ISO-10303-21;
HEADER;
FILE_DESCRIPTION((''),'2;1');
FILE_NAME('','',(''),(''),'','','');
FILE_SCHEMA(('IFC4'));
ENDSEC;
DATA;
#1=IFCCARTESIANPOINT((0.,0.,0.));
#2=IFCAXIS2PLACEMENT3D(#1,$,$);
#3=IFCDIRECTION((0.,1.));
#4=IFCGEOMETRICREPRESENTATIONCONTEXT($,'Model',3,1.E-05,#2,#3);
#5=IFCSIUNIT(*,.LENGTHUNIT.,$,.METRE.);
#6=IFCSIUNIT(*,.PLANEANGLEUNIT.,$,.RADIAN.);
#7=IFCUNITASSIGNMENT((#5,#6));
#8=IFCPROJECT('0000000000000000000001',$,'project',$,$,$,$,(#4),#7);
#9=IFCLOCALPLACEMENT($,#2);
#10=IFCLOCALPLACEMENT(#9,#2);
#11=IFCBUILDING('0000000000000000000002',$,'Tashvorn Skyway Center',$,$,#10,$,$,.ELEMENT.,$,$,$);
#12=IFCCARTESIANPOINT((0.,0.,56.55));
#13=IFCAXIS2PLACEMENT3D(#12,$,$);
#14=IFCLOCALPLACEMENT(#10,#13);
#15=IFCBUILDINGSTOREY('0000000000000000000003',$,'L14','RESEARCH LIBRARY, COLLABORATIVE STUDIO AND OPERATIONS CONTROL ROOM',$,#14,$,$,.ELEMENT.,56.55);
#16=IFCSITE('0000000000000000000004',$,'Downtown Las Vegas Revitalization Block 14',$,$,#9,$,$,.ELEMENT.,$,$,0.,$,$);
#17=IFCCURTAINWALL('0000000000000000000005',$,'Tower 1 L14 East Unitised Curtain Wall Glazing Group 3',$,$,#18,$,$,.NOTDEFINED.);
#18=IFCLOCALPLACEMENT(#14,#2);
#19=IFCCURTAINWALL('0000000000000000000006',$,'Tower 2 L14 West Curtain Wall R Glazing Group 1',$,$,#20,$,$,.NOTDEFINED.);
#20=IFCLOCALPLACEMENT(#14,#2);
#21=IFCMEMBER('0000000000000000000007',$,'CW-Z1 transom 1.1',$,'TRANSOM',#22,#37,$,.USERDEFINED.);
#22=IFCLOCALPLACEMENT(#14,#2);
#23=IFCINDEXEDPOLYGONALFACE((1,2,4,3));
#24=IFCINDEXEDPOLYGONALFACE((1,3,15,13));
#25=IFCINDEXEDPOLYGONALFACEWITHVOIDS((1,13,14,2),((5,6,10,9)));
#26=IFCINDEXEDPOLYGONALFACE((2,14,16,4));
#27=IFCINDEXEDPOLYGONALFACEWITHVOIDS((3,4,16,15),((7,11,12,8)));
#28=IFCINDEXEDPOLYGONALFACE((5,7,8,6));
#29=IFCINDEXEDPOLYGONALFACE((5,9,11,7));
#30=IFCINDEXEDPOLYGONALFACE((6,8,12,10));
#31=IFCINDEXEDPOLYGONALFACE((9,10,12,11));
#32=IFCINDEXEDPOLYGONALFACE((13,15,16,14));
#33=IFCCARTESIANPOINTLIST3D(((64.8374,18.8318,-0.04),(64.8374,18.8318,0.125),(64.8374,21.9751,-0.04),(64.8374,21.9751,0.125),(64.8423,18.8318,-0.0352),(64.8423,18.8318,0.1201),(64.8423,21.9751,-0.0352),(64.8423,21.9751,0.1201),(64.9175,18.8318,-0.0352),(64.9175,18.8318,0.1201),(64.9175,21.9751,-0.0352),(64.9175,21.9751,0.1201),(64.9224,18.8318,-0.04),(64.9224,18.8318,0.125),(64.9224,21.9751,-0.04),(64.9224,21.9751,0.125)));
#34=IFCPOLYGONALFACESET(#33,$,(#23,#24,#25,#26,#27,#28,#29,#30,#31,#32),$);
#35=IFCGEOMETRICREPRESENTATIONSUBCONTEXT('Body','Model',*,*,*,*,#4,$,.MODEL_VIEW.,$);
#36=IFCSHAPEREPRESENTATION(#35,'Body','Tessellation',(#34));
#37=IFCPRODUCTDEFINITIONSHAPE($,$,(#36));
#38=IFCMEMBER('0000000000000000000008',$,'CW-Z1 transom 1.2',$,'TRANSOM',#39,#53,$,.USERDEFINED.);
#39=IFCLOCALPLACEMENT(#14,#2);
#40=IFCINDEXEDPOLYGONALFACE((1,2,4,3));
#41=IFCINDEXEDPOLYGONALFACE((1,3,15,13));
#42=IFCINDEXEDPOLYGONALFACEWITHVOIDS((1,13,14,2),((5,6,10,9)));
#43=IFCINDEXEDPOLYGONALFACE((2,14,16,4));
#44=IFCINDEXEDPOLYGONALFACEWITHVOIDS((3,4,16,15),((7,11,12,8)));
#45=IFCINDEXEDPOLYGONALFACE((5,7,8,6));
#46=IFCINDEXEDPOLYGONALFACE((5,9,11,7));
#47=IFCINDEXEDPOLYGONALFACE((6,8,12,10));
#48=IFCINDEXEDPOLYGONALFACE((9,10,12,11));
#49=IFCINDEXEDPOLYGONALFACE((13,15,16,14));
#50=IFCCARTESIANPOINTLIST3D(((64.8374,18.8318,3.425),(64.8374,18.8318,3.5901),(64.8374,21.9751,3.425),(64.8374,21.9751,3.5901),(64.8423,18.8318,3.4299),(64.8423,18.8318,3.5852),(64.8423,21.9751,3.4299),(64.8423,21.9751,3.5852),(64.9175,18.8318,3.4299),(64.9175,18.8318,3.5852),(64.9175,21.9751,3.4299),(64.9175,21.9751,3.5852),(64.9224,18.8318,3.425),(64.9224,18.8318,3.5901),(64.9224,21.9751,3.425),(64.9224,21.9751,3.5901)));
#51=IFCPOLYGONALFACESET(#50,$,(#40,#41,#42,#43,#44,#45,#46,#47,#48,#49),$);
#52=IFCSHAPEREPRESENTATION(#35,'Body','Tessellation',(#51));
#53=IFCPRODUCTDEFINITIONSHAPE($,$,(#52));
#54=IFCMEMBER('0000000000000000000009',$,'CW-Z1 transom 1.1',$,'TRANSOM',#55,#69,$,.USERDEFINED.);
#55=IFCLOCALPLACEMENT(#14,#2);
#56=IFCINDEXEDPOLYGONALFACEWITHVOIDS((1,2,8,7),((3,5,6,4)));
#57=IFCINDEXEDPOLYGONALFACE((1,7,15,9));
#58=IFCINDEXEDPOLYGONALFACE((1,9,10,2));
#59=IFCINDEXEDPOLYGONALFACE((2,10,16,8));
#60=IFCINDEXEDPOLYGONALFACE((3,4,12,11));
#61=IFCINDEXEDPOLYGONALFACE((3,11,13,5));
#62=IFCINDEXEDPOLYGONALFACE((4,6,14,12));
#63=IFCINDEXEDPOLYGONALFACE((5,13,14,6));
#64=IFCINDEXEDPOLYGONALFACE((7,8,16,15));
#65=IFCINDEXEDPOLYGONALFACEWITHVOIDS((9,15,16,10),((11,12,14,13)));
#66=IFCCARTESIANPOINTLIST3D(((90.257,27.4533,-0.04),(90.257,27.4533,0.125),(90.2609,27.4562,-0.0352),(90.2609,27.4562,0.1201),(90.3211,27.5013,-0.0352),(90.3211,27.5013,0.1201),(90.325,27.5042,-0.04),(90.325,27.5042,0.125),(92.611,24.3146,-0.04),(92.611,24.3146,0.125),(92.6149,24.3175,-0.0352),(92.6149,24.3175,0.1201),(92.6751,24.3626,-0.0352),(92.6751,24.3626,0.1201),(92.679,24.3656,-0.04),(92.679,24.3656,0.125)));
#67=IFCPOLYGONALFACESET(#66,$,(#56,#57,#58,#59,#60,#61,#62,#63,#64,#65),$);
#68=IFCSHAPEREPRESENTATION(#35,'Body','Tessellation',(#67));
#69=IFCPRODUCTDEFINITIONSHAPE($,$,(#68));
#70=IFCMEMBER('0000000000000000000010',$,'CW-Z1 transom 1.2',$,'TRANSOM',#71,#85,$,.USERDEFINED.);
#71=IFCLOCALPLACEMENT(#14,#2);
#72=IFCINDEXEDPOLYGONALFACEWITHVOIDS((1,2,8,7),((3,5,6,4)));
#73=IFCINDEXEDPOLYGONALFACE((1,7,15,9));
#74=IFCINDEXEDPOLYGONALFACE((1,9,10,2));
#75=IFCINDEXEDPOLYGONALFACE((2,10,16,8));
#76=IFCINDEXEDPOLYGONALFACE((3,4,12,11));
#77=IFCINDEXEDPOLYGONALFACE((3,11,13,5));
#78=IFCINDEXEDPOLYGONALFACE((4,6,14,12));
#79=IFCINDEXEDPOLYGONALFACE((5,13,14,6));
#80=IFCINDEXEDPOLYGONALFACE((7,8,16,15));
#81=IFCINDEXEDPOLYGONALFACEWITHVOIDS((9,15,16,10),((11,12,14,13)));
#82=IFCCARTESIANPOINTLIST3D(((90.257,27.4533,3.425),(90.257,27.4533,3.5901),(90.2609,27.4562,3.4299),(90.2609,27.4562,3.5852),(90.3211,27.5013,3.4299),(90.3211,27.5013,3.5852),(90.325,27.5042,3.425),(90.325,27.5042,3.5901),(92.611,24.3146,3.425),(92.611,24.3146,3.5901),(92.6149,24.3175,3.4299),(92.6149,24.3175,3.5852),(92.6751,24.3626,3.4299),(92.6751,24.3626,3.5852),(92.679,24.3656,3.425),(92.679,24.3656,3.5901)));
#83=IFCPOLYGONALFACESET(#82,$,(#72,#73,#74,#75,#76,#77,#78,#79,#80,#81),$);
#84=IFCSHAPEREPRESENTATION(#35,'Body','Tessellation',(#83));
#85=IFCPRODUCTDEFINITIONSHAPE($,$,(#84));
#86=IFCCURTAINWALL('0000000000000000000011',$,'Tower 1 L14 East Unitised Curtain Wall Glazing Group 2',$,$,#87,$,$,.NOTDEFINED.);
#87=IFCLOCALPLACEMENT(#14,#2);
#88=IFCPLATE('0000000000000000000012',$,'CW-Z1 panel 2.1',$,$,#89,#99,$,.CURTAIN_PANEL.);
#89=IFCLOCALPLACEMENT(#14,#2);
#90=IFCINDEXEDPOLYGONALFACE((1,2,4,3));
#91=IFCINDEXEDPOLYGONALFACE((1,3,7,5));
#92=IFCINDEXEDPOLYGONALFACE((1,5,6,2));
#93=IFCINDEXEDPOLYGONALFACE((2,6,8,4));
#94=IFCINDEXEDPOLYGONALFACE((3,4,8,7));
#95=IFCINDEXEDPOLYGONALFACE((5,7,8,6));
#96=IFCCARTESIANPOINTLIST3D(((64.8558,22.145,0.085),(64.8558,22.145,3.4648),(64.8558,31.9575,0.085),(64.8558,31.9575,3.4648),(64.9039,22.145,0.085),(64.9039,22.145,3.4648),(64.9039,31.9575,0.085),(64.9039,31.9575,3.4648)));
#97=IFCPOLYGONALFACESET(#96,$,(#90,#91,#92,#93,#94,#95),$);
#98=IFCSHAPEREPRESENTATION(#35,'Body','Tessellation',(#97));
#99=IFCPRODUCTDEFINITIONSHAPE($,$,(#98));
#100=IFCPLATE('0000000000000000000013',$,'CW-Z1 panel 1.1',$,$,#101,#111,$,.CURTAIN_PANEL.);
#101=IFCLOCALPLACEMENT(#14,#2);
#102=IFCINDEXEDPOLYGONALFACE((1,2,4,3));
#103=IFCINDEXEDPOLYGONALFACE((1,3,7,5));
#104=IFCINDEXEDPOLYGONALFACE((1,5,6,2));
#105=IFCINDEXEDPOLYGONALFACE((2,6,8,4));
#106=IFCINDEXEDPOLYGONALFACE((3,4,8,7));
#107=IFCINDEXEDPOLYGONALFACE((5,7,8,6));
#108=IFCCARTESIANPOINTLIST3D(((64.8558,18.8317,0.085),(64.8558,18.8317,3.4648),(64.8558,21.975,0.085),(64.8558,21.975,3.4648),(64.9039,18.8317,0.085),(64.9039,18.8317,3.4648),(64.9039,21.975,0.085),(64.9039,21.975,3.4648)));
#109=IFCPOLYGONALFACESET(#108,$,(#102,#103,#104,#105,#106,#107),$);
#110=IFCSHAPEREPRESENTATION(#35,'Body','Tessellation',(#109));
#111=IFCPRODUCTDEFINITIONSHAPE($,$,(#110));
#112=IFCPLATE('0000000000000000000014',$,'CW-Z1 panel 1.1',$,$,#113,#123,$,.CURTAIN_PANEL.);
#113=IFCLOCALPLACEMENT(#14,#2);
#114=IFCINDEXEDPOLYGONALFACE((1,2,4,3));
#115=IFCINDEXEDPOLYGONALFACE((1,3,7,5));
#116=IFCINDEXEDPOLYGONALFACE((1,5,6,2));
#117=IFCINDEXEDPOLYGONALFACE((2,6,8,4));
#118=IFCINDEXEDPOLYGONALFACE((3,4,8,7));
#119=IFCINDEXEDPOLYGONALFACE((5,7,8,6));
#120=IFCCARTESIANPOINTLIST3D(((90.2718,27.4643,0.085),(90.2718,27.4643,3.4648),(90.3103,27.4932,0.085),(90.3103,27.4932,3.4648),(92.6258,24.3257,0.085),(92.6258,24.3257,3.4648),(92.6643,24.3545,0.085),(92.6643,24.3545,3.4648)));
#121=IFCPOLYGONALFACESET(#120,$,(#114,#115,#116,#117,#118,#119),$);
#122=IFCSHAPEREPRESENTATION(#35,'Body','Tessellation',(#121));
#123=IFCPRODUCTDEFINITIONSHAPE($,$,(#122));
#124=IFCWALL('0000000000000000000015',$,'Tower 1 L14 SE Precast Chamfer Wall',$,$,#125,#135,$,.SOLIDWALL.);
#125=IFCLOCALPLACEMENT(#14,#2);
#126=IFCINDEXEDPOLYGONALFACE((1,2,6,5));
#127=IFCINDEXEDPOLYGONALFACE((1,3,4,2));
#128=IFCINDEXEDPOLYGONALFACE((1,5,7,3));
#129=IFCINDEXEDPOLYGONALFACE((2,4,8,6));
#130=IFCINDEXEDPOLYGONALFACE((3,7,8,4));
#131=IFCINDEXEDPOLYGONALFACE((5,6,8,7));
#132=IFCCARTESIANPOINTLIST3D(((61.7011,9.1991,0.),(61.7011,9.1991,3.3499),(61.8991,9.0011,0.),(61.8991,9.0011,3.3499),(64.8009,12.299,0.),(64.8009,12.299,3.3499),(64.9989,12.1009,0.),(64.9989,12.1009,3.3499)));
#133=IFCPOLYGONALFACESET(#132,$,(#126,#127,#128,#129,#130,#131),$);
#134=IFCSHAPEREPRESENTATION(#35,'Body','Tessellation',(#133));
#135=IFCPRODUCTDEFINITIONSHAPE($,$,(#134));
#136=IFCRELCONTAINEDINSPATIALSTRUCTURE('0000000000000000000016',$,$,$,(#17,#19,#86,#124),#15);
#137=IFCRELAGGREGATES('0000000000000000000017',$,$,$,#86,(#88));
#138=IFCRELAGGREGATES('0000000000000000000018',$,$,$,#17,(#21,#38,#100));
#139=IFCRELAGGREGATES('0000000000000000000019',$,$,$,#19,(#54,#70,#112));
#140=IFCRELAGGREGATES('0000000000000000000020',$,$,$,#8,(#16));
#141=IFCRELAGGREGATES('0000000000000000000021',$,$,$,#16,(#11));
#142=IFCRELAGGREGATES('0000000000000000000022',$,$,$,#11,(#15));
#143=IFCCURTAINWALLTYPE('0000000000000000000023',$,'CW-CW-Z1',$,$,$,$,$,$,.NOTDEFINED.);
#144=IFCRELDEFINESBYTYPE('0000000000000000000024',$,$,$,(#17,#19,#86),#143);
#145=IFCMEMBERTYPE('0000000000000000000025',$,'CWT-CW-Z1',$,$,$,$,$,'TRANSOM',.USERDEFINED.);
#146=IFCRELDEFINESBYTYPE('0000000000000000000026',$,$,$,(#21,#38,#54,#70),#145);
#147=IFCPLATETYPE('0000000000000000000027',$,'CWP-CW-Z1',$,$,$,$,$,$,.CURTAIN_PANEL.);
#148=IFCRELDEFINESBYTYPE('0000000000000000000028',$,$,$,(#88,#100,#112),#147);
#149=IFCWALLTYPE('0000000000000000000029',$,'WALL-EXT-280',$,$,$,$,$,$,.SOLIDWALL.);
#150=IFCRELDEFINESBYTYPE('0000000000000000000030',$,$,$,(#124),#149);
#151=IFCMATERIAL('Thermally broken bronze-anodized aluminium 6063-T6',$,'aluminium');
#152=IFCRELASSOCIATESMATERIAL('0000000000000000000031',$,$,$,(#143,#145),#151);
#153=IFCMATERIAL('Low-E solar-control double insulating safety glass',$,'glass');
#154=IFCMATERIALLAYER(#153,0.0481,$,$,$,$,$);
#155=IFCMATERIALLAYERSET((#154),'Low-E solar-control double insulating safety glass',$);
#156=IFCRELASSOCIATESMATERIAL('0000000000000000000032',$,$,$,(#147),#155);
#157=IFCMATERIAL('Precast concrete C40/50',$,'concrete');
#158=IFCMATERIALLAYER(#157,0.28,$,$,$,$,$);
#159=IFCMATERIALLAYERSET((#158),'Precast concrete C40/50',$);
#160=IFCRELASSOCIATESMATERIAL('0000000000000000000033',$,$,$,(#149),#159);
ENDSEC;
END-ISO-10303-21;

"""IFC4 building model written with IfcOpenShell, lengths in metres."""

from ifc_helpers import new_model, si_unit, direction, frame, frame_2d, origin, origin_2d, place, context, subcontext, project, spatial, rectangle, hollow_rectangle, extrude, material, layer, layer_set, material_profile, profile_set, type_object, element, aggregate, save


model = new_model("IFC4")

# Units and contexts
model_context = context("Model", 3, precision=1e-05, world=origin(), true_north=direction((0.0, 1.0)))
body_context = subcontext(model_context, "Body", "Model", "MODEL_VIEW")
ifc_project = project(units=[si_unit("LENGTHUNIT", "METRE"), si_unit("PLANEANGLEUNIT", "RADIAN")], contexts=[model_context])

# Site, building, storey
site_placement = place(None, origin())
site = spatial("IfcSite", under=ifc_project, at=site_placement, Name="Downtown Las Vegas Revitalization Block 14", CompositionType="ELEMENT", RefElevation=0.0)
building_placement = place(site_placement, origin())
building = spatial("IfcBuilding", under=site, at=building_placement, Name="Tashvorn Skyway Center", CompositionType="ELEMENT")
storey_placement = place(building_placement, frame((0.0, 0.0, 56.55)))
storey = spatial("IfcBuildingStorey", under=building, at=storey_placement, Name="L14", Description="RESEARCH LIBRARY, COLLABORATIVE STUDIO AND OPERATIONS CONTROL ROOM", CompositionType="ELEMENT", Elevation=56.55)

# Curtain wall
ifc_material_1 = material(Name="Thermally broken bronze-anodized aluminium 6063-T6", Category="aluminium")
curtain_wall_type = type_object("IfcCurtainWallType", Name="CW-CW-Z1", PredefinedType="NOTDEFINED", material=ifc_material_1)
curtain_wall_1_placement = place(storey_placement, origin())
curtain_wall_1 = element("IfcCurtainWall", 1, at=curtain_wall_1_placement, inside=storey, type_object=curtain_wall_type, Name="Tower 1 L14 East Unitised Curtain Wall Glazing Group 3", PredefinedType="NOTDEFINED")

# Curtain wall
curtain_wall_2_placement = place(storey_placement, origin())
curtain_wall_2 = element("IfcCurtainWall", 2, at=curtain_wall_2_placement, inside=storey, type_object=curtain_wall_type, Name="Tower 2 L14 West Curtain Wall R Glazing Group 1", PredefinedType="NOTDEFINED")

# Members
ifc_material_profile_1 = material_profile(ifc_material_1, hollow_rectangle(XDim=0.085, YDim=0.165, WallThickness=0.0049, at=origin_2d()), Name="ALU-TRAN-85x165")
ifc_profile_set_1 = profile_set([ifc_material_profile_1], Name="Thermally broken bronze-anodized aluminium 6063-T6")
member_type_1 = type_object("IfcMemberType", Name="CWT-CW-Z1", ElementType="TRANSOM", PredefinedType="USERDEFINED", material=ifc_profile_set_1)
member_1_placement = place(storey_placement, frame((64.8799, 21.9751, 0.0425), z_axis=(0.0, -1.0, 0.0), x_axis=(1.0, 0.0, 0.0)))
member_1 = element("IfcMember", 3, at=member_1_placement, type_object=member_type_1, Name="CW-Z1 transom 1.1", ObjectType="TRANSOM", PredefinedType="USERDEFINED", context=body_context, shape_type="SweptSolid", body=[
    extrude(hollow_rectangle(XDim=0.085, YDim=0.165, WallThickness=0.0049, at=origin_2d()), origin(), (0.0, 0.0, 1.0), 3.1433),
])
member_2_placement = place(storey_placement, frame((64.8799, 21.9751, 3.5076), z_axis=(0.0, -1.0, 0.0), x_axis=(1.0, 0.0, 0.0)))
member_2 = element("IfcMember", 4, at=member_2_placement, type_object=member_type_1, Name="CW-Z1 transom 1.2", ObjectType="TRANSOM", PredefinedType="USERDEFINED", context=body_context, shape_type="SweptSolid", body=[
    extrude(hollow_rectangle(XDim=0.085, YDim=0.165, WallThickness=0.0049, at=origin_2d()), origin(), (0.0, 0.0, 1.0), 3.1433),
])
member_3_placement = place(storey_placement, frame((92.645, 24.3401, 0.0425), z_axis=(-0.6, 0.8, 0.0), x_axis=(-0.8, -0.6, 0.0)))
member_3 = element("IfcMember", 5, at=member_3_placement, type_object=member_type_1, Name="CW-Z1 transom 1.1", ObjectType="TRANSOM", PredefinedType="USERDEFINED", context=body_context, shape_type="SweptSolid", body=[
    extrude(hollow_rectangle(XDim=0.085, YDim=0.165, WallThickness=0.0049, at=origin_2d()), origin(), (0.0, 0.0, 1.0), 3.9233),
])
member_4_placement = place(storey_placement, frame((92.645, 24.3401, 3.5076), z_axis=(-0.6, 0.8, 0.0), x_axis=(-0.8, -0.6, 0.0)))
member_4 = element("IfcMember", 6, at=member_4_placement, type_object=member_type_1, Name="CW-Z1 transom 1.2", ObjectType="TRANSOM", PredefinedType="USERDEFINED", context=body_context, shape_type="SweptSolid", body=[
    extrude(hollow_rectangle(XDim=0.085, YDim=0.165, WallThickness=0.0049, at=origin_2d()), origin(), (0.0, 0.0, 1.0), 3.9233),
])

# Curtain wall, plate
curtain_wall_3_placement = place(storey_placement, origin())
curtain_wall_3 = element("IfcCurtainWall", 7, at=curtain_wall_3_placement, inside=storey, type_object=curtain_wall_type, Name="Tower 1 L14 East Unitised Curtain Wall Glazing Group 2", PredefinedType="NOTDEFINED")
ifc_material_2 = material(Name="Low-E solar-control double insulating safety glass", Category="glass")
ifc_layer_1 = layer(ifc_material_2, 0.0481)
ifc_layer_set_1 = layer_set([ifc_layer_1], Name="Low-E solar-control double insulating safety glass")
plate_type = type_object("IfcPlateType", Name="CWP-CW-Z1", PredefinedType="CURTAIN_PANEL", material=ifc_layer_set_1)
plate_1_placement = place(storey_placement, frame((64.8799, 27.0513, 0.085), z_axis=(0.0, 0.0, 1.0), x_axis=(0.0, -1.0, 0.0)))
plate_1 = element("IfcPlate", 8, at=plate_1_placement, type_object=plate_type, Name="CW-Z1 panel 2.1", PredefinedType="CURTAIN_PANEL", context=body_context, shape_type="SweptSolid", body=[
    extrude(rectangle(XDim=9.8125, YDim=0.0481, at=origin_2d()), origin(), (0.0, 0.0, 1.0), 3.3799),
])
aggregate(curtain_wall_3, [plate_1])

# Plates
plate_2_placement = place(storey_placement, frame((64.8799, 20.4033, 0.085), z_axis=(0.0, 0.0, 1.0), x_axis=(0.0, -1.0, 0.0)))
plate_2 = element("IfcPlate", 9, at=plate_2_placement, type_object=plate_type, Name="CW-Z1 panel 1.1", PredefinedType="CURTAIN_PANEL", context=body_context, shape_type="SweptSolid", body=[
    extrude(rectangle(XDim=3.1433, YDim=0.0481, at=origin_2d()), origin(), (0.0, 0.0, 1.0), 3.3799),
])
aggregate(curtain_wall_1, [member_1, member_2, plate_2])
plate_3_placement = place(storey_placement, frame((91.468, 25.9094, 0.085), z_axis=(0.0, 0.0, 1.0), x_axis=(-0.599996, 0.800003, 0.0)))
plate_3 = element("IfcPlate", 10, at=plate_3_placement, type_object=plate_type, Name="CW-Z1 panel 1.1", PredefinedType="CURTAIN_PANEL", context=body_context, shape_type="SweptSolid", body=[
    extrude(rectangle(XDim=3.9233, YDim=0.0481, at=origin_2d()), origin(), (0.0, 0.0, 1.0), 3.3799),
])
aggregate(curtain_wall_2, [member_3, member_4, plate_3])

# Wall
ifc_material_3 = material(Name="Precast concrete C40/50", Category="concrete")
ifc_layer_2 = layer(ifc_material_3, 0.28)
ifc_layer_set_2 = layer_set([ifc_layer_2], Name="Precast concrete C40/50")
wall_type = type_object("IfcWallType", Name="WALL-EXT-280", PredefinedType="SOLIDWALL", material=ifc_layer_set_2)
wall_1_placement = place(storey_placement, frame((64.8999, 12.2, 0.0), z_axis=(0.0, 0.0, 1.0), x_axis=(-0.707107, -0.707107, 0.0)))
element("IfcWall", 11, at=wall_1_placement, inside=storey, type_object=wall_type, Name="Tower 1 L14 SE Precast Chamfer Wall", PredefinedType="SOLIDWALL", context=body_context, shape_type="SweptSolid", body=[
    extrude(rectangle(XDim=4.3838, YDim=0.28, at=frame_2d((2.1919, 0.0))), origin(), (0.0, 0.0, 1.0), 3.3499),
])

save(model, "model.ifc")
